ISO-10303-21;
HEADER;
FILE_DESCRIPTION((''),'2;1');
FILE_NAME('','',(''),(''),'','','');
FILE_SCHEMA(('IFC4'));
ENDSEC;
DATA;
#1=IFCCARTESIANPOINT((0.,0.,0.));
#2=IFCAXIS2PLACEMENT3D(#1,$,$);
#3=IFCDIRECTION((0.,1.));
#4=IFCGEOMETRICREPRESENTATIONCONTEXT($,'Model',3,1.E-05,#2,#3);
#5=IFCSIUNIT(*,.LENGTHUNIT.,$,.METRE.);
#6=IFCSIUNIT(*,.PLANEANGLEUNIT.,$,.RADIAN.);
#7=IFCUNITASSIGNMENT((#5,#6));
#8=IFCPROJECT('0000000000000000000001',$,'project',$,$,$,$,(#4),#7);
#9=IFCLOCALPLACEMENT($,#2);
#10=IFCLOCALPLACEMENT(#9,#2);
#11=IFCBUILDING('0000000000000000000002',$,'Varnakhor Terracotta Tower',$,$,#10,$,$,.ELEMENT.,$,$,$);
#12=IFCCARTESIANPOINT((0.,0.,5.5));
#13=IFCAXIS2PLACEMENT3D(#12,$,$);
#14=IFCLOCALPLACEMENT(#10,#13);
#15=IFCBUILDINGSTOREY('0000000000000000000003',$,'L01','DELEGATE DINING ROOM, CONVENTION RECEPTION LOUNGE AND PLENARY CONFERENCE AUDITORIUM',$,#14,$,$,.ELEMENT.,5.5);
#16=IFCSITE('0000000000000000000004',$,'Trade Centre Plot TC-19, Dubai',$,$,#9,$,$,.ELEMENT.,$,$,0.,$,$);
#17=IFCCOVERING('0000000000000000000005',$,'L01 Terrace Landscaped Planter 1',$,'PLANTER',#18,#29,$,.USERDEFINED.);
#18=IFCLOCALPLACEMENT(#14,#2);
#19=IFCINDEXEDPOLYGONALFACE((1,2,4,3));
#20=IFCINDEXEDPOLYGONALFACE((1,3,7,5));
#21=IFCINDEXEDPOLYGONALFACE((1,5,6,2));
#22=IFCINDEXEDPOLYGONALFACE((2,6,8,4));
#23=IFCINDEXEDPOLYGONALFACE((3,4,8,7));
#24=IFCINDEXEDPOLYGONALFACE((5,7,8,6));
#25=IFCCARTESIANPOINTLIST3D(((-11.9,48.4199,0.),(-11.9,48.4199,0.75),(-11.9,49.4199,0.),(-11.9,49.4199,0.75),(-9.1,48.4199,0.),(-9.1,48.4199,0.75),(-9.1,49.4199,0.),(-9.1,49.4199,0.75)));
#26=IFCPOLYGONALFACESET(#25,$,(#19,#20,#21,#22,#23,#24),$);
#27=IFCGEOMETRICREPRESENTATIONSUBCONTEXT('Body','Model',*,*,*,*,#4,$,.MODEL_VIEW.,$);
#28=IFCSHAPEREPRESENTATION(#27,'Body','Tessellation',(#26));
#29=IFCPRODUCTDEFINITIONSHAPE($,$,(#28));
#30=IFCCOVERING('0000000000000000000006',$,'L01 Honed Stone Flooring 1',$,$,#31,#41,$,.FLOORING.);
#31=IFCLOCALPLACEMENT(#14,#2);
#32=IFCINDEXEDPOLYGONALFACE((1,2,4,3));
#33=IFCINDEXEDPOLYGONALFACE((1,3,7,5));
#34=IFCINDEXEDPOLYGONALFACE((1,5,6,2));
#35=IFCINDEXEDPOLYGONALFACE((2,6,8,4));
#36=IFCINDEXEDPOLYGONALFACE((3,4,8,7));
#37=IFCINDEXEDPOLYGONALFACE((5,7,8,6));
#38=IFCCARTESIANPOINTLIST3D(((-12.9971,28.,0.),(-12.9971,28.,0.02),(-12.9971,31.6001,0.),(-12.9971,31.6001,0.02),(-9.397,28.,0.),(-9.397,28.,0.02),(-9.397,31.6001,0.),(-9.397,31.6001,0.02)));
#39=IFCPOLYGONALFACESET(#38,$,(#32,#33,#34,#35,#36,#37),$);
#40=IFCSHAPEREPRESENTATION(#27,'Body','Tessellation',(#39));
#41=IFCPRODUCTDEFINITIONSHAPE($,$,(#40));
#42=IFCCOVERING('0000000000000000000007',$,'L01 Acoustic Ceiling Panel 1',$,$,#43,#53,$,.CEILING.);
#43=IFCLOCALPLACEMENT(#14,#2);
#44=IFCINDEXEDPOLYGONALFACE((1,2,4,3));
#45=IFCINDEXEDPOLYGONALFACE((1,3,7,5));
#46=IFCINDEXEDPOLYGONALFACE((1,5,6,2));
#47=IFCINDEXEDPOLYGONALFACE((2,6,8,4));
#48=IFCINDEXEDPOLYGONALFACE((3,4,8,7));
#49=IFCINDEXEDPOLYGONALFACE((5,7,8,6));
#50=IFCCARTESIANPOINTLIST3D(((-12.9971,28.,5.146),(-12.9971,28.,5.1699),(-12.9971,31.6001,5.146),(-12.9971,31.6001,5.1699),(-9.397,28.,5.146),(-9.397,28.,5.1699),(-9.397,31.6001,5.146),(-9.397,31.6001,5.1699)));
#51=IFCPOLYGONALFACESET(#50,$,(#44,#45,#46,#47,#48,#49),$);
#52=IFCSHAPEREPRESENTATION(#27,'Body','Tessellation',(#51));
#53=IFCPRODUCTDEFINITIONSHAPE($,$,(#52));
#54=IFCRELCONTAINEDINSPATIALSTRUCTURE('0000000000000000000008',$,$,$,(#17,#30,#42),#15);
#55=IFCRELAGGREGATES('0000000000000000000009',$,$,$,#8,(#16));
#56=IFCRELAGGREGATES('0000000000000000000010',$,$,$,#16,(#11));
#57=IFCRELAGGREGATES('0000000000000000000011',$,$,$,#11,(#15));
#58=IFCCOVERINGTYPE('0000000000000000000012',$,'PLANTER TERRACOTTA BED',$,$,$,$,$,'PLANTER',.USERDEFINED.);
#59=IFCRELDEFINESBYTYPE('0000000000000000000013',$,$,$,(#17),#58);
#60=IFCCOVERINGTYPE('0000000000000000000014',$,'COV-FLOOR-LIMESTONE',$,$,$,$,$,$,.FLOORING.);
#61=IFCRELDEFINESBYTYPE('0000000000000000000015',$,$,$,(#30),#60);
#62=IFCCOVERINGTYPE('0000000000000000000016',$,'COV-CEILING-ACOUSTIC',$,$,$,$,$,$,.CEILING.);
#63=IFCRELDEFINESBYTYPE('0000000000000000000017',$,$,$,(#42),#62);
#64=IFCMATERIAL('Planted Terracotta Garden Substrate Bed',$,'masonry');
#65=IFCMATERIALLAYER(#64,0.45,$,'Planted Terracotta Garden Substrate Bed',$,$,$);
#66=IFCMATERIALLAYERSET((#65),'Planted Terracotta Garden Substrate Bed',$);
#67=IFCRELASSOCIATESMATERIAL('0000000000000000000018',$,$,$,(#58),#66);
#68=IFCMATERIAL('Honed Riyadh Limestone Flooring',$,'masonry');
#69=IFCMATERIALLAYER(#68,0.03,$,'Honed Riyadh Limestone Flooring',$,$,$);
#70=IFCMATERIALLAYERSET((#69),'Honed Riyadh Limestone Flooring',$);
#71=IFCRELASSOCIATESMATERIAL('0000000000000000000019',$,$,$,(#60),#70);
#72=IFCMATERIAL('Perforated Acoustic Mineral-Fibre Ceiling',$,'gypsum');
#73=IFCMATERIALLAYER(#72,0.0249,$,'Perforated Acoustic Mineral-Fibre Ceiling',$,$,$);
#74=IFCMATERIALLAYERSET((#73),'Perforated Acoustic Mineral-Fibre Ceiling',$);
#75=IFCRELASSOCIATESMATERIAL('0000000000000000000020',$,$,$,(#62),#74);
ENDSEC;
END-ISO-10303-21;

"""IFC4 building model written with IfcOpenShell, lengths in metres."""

from ifc_helpers import new_model, si_unit, direction, frame, origin, origin_2d, place, context, subcontext, project, spatial, rectangle, extrude, source, transform, mapped, material, layer, layer_set, type_object, type_shapes, element, save


model = new_model("IFC4")

# Units and contexts
model_context = context("Model", 3, precision=1e-05, world=origin(), true_north=direction((0.0, 1.0)))
body_context = subcontext(model_context, "Body", "Model", "MODEL_VIEW")
ifc_project = project(units=[si_unit("LENGTHUNIT", "METRE"), si_unit("PLANEANGLEUNIT", "RADIAN")], contexts=[model_context])

# Site, building, storey
site_placement = place(None, origin())
site = spatial("IfcSite", under=ifc_project, at=site_placement, Name="Trade Centre Plot TC-19, Dubai", CompositionType="ELEMENT", RefElevation=0.0)
building_placement = place(site_placement, origin())
building = spatial("IfcBuilding", under=site, at=building_placement, Name="Varnakhor Terracotta Tower", CompositionType="ELEMENT")
storey_placement = place(building_placement, frame((0.0, 0.0, 5.5)))
storey = spatial("IfcBuildingStorey", under=building, at=storey_placement, Name="L01", Description="DELEGATE DINING ROOM, CONVENTION RECEPTION LOUNGE AND PLENARY CONFERENCE AUDITORIUM", CompositionType="ELEMENT", Elevation=5.5)

# Coverings
ifc_material_1 = material(Name="Planted Terracotta Garden Substrate Bed", Category="masonry")
ifc_layer_1 = layer(ifc_material_1, 0.45, Name="Planted Terracotta Garden Substrate Bed")
ifc_layer_set_1 = layer_set([ifc_layer_1], Name="Planted Terracotta Garden Substrate Bed")
covering_type_1 = type_object("IfcCoveringType", Name="PLANTER TERRACOTTA BED", ElementType="PLANTER", PredefinedType="USERDEFINED", material=ifc_layer_set_1)
shared_shape_1 = source(origin(), body_context, "Body", "SweptSolid", [
    extrude(rectangle(XDim=2.8, YDim=1.0, at=origin_2d()), origin(), (0.0, 0.0, 1.0), 0.75),
])
type_shapes(covering_type_1, [shared_shape_1])
covering_1_placement = place(storey_placement, frame((-10.5, 48.9199, 0.0), z_axis=(0.0, 0.0, 1.0), x_axis=(1.0, 0.0, 0.0)))
element("IfcCovering", 1, at=covering_1_placement, inside=storey, type_object=covering_type_1, Name="L01 Terrace Landscaped Planter 1", ObjectType="PLANTER", PredefinedType="USERDEFINED", context=body_context, shape_type="MappedRepresentation", body=[
    mapped(shared_shape_1, transform((0.0, 0.0, 0.0), scale=1.0)),
])
ifc_material_2 = material(Name="Honed Riyadh Limestone Flooring", Category="masonry")
ifc_layer_2 = layer(ifc_material_2, 0.03, Name="Honed Riyadh Limestone Flooring")
ifc_layer_set_2 = layer_set([ifc_layer_2], Name="Honed Riyadh Limestone Flooring")
covering_type_2 = type_object("IfcCoveringType", Name="COV-FLOOR-LIMESTONE", PredefinedType="FLOORING", material=ifc_layer_set_2)
shared_shape_2 = source(origin(), body_context, "Body", "SweptSolid", [
    extrude(rectangle(XDim=3.6001, YDim=3.6001, at=origin_2d()), origin(), (0.0, 0.0, 1.0), 0.02),
])
covering_2_placement = place(storey_placement, frame((-11.197, 29.8, 0.0), z_axis=(0.0, 0.0, 1.0), x_axis=(1.0, 0.0, 0.0)))
element("IfcCovering", 2, at=covering_2_placement, inside=storey, type_object=covering_type_2, Name="L01 Honed Stone Flooring 1", PredefinedType="FLOORING", context=body_context, shape_type="MappedRepresentation", body=[
    mapped(shared_shape_2, transform((0.0, 0.0, 0.0), scale=1.0)),
])
ifc_material_3 = material(Name="Perforated Acoustic Mineral-Fibre Ceiling", Category="gypsum")
ifc_layer_3 = layer(ifc_material_3, 0.0249, Name="Perforated Acoustic Mineral-Fibre Ceiling")
ifc_layer_set_3 = layer_set([ifc_layer_3], Name="Perforated Acoustic Mineral-Fibre Ceiling")
covering_type_3 = type_object("IfcCoveringType", Name="COV-CEILING-ACOUSTIC", PredefinedType="CEILING", material=ifc_layer_set_3)
shared_shape_3 = source(origin(), body_context, "Body", "SweptSolid", [
    extrude(rectangle(XDim=3.6001, YDim=3.6001, at=origin_2d()), origin(), (0.0, 0.0, 1.0), 0.0239),
])
covering_3_placement = place(storey_placement, frame((-11.197, 29.8, 5.146), z_axis=(0.0, 0.0, 1.0), x_axis=(1.0, 0.0, 0.0)))
element("IfcCovering", 3, at=covering_3_placement, inside=storey, type_object=covering_type_3, Name="L01 Acoustic Ceiling Panel 1", PredefinedType="CEILING", context=body_context, shape_type="MappedRepresentation", body=[
    mapped(shared_shape_3, transform((0.0, 0.0, 0.0), scale=1.0)),
])

save(model, "model.ifc")
